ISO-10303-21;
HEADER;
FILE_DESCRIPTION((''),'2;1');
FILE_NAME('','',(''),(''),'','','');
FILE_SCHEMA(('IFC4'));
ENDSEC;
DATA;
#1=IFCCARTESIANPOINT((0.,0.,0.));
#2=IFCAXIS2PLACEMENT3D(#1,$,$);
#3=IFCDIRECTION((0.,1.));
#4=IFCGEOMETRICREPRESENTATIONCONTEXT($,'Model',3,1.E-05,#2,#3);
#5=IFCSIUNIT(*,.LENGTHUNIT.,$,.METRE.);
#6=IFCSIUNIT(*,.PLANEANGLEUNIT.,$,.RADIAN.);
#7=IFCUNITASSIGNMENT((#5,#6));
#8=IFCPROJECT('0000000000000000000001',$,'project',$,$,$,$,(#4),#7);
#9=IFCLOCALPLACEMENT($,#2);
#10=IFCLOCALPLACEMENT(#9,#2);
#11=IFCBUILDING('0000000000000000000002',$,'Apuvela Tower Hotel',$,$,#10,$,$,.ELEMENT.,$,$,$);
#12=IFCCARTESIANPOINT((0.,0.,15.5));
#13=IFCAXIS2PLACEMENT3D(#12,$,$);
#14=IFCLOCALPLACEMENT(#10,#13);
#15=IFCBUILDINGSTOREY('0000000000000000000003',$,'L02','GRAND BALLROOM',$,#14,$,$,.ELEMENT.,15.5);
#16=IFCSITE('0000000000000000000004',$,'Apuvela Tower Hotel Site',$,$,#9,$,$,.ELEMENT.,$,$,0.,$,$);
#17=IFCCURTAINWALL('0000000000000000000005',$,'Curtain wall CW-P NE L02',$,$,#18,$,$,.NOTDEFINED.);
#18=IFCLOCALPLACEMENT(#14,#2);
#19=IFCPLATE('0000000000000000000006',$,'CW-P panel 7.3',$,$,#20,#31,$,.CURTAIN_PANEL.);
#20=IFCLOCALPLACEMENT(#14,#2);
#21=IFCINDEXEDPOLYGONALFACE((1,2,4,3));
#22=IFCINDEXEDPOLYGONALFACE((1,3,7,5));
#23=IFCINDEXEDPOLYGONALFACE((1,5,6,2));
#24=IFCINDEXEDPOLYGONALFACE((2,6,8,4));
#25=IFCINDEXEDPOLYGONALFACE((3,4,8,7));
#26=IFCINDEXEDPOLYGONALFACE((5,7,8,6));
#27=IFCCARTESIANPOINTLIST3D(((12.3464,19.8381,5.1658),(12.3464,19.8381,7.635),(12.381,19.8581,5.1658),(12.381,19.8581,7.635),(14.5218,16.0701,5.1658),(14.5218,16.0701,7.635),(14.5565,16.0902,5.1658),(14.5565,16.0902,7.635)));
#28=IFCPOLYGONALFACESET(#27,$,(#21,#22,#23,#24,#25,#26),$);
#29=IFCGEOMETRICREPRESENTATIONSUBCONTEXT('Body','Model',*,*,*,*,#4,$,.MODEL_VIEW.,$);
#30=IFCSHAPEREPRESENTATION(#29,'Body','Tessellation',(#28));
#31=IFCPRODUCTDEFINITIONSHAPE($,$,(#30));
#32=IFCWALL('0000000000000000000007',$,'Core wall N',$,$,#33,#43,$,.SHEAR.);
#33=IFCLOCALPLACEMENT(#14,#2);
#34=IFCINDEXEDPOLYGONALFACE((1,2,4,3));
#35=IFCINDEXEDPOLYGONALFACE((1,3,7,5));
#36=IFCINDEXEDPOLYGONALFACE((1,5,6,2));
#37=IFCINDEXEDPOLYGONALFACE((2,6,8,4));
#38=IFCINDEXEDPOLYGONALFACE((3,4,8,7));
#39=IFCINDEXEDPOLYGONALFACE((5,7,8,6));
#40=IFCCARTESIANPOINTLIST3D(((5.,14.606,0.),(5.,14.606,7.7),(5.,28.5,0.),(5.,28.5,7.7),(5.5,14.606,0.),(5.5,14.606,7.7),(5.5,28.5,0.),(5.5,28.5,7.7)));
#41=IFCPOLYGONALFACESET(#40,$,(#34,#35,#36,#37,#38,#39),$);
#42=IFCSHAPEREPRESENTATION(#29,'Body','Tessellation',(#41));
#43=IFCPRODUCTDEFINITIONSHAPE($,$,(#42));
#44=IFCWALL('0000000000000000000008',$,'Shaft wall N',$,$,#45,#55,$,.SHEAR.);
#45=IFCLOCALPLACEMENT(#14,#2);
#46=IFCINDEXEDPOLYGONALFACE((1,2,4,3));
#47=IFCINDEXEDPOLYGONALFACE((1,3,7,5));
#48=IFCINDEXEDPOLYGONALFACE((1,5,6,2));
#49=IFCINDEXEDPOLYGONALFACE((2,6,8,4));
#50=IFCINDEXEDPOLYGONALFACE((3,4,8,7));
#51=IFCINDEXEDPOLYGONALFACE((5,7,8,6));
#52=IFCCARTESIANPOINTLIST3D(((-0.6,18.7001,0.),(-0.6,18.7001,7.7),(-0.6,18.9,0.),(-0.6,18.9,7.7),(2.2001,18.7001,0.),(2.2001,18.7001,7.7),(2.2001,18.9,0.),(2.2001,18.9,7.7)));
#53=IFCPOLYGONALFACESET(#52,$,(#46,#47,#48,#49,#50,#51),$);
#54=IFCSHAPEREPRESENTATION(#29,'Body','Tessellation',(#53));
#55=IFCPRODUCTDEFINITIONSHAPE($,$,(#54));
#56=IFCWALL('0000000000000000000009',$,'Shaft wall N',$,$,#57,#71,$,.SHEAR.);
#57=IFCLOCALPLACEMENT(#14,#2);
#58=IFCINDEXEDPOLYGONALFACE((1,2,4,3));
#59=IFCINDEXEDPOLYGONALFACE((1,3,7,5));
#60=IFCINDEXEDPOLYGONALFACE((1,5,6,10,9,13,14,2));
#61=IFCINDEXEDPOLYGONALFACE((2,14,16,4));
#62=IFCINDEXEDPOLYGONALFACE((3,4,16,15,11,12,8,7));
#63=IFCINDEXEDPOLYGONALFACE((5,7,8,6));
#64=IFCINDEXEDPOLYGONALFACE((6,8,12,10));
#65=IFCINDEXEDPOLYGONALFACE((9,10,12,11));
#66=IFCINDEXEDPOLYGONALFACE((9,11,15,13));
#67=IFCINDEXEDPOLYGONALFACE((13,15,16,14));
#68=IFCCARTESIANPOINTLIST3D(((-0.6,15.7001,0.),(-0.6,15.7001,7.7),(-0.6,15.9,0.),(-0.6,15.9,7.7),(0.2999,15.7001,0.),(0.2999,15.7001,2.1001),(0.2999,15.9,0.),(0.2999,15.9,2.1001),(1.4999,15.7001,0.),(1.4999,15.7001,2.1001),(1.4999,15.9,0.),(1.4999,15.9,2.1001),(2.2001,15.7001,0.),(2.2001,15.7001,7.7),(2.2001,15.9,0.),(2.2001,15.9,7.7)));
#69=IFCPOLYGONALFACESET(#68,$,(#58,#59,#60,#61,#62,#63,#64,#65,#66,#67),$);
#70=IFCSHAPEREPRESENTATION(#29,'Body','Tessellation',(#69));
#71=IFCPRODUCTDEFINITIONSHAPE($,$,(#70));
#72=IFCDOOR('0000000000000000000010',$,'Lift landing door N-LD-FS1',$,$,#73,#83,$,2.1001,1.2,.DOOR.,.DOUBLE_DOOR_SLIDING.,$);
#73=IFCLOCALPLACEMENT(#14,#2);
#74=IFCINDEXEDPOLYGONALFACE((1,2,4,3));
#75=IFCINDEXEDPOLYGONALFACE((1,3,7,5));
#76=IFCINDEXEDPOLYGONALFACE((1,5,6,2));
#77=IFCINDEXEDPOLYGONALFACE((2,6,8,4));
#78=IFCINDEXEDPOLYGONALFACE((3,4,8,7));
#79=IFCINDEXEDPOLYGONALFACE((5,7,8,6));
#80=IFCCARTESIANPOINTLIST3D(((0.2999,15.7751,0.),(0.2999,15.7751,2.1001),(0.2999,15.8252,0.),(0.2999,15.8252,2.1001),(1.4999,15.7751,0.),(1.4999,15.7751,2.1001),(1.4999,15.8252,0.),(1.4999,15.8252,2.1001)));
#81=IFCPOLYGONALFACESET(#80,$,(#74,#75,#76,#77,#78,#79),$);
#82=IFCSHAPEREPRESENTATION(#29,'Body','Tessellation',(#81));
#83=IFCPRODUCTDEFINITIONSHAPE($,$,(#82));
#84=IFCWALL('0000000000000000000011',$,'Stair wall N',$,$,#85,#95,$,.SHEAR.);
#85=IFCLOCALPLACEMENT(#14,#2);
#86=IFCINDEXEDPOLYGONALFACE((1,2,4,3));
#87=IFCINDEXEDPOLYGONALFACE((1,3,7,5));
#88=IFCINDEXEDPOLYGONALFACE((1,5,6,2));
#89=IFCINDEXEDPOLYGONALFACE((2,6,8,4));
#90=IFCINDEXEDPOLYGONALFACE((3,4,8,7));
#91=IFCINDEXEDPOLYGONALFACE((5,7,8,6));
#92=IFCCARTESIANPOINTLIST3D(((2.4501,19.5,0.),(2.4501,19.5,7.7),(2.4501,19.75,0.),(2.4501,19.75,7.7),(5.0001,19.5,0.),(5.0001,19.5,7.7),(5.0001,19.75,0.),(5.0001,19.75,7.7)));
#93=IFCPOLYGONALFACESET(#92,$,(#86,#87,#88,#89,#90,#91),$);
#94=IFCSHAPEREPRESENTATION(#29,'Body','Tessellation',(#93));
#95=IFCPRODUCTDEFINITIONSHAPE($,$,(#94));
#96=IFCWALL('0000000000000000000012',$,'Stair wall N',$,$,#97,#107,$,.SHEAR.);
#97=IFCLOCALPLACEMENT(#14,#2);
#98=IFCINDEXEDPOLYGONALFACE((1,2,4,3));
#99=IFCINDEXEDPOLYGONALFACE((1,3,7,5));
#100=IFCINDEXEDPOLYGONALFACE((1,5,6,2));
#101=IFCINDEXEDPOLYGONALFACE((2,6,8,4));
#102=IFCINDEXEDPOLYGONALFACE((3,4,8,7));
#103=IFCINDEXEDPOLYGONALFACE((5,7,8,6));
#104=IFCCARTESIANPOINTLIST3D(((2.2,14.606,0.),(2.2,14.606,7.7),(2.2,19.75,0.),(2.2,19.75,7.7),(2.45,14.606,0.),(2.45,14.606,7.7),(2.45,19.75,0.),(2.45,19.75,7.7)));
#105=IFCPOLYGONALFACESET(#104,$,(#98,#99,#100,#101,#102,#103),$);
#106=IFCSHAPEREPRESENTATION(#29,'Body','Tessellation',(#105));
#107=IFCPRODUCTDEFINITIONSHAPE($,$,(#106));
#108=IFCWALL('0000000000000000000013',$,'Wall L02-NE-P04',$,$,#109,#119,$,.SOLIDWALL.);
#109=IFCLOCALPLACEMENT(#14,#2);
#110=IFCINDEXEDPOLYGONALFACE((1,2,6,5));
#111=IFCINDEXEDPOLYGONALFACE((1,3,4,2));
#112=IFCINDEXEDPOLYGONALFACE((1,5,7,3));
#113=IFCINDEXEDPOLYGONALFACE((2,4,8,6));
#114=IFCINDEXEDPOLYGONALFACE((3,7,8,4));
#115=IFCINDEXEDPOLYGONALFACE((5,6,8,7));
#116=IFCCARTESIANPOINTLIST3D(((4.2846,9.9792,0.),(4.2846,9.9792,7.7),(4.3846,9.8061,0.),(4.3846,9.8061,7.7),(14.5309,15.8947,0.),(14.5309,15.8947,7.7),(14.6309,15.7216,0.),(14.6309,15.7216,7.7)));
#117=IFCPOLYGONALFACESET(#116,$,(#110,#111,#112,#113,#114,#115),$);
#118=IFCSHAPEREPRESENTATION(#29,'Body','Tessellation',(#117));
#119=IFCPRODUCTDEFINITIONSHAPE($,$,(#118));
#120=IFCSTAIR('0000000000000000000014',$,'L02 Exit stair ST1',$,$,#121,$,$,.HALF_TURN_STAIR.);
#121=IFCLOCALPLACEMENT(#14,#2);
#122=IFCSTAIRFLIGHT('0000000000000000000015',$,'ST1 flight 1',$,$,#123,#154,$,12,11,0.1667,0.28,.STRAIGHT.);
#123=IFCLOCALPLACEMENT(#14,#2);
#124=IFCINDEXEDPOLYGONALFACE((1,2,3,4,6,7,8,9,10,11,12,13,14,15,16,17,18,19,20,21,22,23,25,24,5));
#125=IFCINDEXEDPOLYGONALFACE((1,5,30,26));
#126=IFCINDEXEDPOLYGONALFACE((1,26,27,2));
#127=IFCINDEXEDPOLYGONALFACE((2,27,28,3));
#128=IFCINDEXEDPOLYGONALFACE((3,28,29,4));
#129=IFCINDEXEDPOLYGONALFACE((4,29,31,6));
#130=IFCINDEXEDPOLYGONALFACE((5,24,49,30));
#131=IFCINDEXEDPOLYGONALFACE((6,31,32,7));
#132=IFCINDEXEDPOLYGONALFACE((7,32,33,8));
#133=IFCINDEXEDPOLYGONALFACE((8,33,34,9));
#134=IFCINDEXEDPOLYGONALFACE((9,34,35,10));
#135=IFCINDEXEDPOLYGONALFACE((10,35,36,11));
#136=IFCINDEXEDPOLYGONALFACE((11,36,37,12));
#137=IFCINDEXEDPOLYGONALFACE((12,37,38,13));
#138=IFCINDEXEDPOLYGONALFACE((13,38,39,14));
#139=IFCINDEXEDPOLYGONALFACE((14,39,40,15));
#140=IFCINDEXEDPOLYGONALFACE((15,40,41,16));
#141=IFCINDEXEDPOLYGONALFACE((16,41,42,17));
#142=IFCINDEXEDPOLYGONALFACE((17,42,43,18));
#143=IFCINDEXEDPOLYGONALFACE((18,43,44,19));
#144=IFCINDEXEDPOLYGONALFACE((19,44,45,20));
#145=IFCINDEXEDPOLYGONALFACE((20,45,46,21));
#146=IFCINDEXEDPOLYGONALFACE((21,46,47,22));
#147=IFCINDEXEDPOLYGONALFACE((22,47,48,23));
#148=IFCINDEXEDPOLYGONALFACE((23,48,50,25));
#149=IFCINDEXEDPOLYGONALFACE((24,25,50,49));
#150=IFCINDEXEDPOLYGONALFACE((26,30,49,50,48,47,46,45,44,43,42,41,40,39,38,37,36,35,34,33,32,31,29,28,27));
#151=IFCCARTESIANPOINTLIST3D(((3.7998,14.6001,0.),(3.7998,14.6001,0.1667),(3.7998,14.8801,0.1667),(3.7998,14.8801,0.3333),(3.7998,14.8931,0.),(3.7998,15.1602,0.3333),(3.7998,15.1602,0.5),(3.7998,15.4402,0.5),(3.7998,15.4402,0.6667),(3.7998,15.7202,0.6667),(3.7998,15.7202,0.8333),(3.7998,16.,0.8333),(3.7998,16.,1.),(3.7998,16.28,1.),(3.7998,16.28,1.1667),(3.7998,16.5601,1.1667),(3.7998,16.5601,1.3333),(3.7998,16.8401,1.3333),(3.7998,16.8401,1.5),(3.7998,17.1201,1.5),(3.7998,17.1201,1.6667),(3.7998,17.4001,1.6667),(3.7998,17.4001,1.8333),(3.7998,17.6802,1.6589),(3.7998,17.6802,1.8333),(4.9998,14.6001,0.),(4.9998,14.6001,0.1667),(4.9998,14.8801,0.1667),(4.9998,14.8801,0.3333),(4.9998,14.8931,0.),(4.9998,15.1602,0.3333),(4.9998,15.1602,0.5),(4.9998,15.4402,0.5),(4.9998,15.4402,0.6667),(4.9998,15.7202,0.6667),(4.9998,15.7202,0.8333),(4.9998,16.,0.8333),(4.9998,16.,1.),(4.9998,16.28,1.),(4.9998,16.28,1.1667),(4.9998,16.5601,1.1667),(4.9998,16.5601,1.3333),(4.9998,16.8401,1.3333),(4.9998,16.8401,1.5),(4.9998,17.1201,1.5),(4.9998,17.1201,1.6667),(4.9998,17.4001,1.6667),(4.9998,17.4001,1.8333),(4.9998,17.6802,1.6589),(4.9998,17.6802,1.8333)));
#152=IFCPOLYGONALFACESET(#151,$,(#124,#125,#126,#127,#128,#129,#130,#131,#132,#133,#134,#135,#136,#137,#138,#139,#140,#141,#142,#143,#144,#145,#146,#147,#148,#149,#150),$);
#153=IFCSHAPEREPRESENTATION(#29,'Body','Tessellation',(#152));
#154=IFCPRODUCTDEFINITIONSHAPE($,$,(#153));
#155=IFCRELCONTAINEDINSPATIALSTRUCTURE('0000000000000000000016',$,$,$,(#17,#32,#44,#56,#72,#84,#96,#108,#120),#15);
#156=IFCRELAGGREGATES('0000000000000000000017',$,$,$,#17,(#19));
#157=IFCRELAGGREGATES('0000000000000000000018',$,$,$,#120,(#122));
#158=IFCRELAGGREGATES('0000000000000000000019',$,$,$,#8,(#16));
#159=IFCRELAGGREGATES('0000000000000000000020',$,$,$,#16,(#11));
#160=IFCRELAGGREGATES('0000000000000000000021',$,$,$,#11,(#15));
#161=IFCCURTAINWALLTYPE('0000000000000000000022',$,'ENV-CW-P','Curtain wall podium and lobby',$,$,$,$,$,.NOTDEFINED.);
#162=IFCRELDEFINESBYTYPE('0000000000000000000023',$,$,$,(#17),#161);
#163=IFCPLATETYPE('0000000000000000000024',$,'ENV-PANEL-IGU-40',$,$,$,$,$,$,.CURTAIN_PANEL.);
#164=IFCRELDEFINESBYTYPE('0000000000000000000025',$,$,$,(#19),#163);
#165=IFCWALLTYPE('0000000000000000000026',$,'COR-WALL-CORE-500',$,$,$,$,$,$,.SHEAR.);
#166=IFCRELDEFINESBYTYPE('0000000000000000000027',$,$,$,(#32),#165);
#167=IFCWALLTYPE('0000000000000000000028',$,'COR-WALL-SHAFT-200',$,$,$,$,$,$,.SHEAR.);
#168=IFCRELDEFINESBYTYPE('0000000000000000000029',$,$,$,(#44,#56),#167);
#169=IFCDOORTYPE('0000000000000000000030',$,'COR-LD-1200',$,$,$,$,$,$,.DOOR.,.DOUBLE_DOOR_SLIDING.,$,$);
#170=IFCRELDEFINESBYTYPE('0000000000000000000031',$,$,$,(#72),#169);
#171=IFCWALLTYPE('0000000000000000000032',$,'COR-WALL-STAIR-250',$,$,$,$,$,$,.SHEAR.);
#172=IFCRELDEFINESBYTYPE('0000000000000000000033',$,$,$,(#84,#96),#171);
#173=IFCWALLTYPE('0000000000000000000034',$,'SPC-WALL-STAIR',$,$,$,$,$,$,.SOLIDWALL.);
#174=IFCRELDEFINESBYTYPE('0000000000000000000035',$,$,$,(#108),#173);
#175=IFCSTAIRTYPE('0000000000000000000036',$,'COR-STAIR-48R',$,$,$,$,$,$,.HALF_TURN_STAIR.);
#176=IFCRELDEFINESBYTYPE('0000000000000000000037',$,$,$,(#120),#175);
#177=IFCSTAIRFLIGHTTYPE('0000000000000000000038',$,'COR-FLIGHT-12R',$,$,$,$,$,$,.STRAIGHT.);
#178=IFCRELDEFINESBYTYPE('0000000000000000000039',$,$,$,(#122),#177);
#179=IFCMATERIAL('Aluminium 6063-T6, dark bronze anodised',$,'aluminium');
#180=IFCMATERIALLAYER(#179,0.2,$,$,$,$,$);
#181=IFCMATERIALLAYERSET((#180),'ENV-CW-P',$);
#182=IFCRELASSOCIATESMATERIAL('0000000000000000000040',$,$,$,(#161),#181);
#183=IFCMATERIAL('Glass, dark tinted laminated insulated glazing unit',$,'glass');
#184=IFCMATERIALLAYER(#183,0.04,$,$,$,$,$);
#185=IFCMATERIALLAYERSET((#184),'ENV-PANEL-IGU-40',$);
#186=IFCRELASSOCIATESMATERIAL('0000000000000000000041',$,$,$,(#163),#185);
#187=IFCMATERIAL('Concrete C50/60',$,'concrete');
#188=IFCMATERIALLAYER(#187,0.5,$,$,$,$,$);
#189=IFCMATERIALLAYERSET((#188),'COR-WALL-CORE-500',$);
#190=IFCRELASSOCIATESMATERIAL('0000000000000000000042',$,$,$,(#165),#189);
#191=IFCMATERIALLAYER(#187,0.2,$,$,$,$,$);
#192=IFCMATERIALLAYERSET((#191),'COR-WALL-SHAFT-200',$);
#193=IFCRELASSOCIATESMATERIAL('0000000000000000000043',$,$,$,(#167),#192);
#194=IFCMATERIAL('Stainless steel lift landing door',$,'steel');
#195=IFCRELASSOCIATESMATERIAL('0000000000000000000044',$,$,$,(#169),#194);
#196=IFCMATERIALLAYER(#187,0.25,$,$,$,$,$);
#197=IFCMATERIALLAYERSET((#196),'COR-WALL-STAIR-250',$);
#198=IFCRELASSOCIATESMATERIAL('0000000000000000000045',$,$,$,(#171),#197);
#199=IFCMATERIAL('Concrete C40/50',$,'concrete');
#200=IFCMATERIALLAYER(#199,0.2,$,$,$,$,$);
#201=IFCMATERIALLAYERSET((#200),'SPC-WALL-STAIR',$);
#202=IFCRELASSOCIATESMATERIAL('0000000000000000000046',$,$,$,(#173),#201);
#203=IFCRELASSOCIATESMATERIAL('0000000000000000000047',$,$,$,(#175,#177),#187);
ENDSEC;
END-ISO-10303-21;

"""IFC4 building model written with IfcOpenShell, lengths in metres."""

from ifc_helpers import new_model, si_unit, direction, frame, frame_2d, origin, origin_2d, place, context, subcontext, project, spatial, polyline, rectangle, outline, extrude, material, layer, layer_set, type_object, element, fill, aggregate, save


model = new_model("IFC4")

# Units and contexts
model_context = context("Model", 3, precision=1e-05, world=origin(), true_north=direction((0.0, 1.0)))
body_context = subcontext(model_context, "Body", "Model", "MODEL_VIEW")
ifc_project = project(units=[si_unit("LENGTHUNIT", "METRE"), si_unit("PLANEANGLEUNIT", "RADIAN")], contexts=[model_context])

# Site, building, storey
site_placement = place(None, origin())
site = spatial("IfcSite", under=ifc_project, at=site_placement, Name="Apuvela Tower Hotel Site", CompositionType="ELEMENT", RefElevation=0.0)
building_placement = place(site_placement, origin())
building = spatial("IfcBuilding", under=site, at=building_placement, Name="Apuvela Tower Hotel", CompositionType="ELEMENT")
storey_placement = place(building_placement, frame((0.0, 0.0, 15.5)))
storey = spatial("IfcBuildingStorey", under=building, at=storey_placement, Name="L02", Description="GRAND BALLROOM", CompositionType="ELEMENT", Elevation=15.5)

# Curtain wall
ifc_material_1 = material(Name="Aluminium 6063-T6, dark bronze anodised", Category="aluminium")
ifc_layer_1 = layer(ifc_material_1, 0.2)
ifc_layer_set_1 = layer_set([ifc_layer_1], Name="ENV-CW-P")
curtain_wall_type = type_object("IfcCurtainWallType", Name="ENV-CW-P", Description="Curtain wall podium and lobby", PredefinedType="NOTDEFINED", material=ifc_layer_set_1)
curtain_wall_placement = place(storey_placement, origin())
curtain_wall = element("IfcCurtainWall", 1, at=curtain_wall_placement, inside=storey, type_object=curtain_wall_type, Name="Curtain wall CW-P NE L02", PredefinedType="NOTDEFINED")

# Plate
ifc_material_2 = material(Name="Glass, dark tinted laminated insulated glazing unit", Category="glass")
ifc_layer_2 = layer(ifc_material_2, 0.04)
ifc_layer_set_2 = layer_set([ifc_layer_2], Name="ENV-PANEL-IGU-40")
plate_type = type_object("IfcPlateType", Name="ENV-PANEL-IGU-40", PredefinedType="CURTAIN_PANEL", material=ifc_layer_set_2)
plate_1_placement = place(storey_placement, frame((13.4514, 17.9641, 5.1658), z_axis=(0.0, 0.0, 1.0), x_axis=(-0.500001, 0.866025, 0.0)))
plate_1 = element("IfcPlate", 2, at=plate_1_placement, type_object=plate_type, Name="CW-P panel 7.3", PredefinedType="CURTAIN_PANEL", context=body_context, shape_type="SweptSolid", body=[
    extrude(rectangle(XDim=4.3508, YDim=0.04, at=origin_2d()), origin(), (0.0, 0.0, 1.0), 2.4692),
])
aggregate(curtain_wall, [plate_1])

# Walls
ifc_material_3 = material(Name="Concrete C50/60", Category="concrete")
ifc_layer_3 = layer(ifc_material_3, 0.5)
ifc_layer_set_3 = layer_set([ifc_layer_3], Name="COR-WALL-CORE-500")
wall_type_1 = type_object("IfcWallType", Name="COR-WALL-CORE-500", PredefinedType="SHEAR", material=ifc_layer_set_3)
wall_1_placement = place(storey_placement, frame((5.25, 14.606, 0.0), z_axis=(0.0, 0.0, 1.0), x_axis=(0.0, 1.0, 0.0)))
element("IfcWall", 3, at=wall_1_placement, inside=storey, type_object=wall_type_1, Name="Core wall N", PredefinedType="SHEAR", context=body_context, shape_type="SweptSolid", body=[
    extrude(rectangle(XDim=13.894, YDim=0.5, at=frame_2d((6.947, 0.0))), origin(), (0.0, 0.0, 1.0), 7.7),
])
ifc_layer_4 = layer(ifc_material_3, 0.2)
ifc_layer_set_4 = layer_set([ifc_layer_4], Name="COR-WALL-SHAFT-200")
wall_type_2 = type_object("IfcWallType", Name="COR-WALL-SHAFT-200", PredefinedType="SHEAR", material=ifc_layer_set_4)
wall_2_placement = place(storey_placement, frame((2.2, 18.8, 0.0), z_axis=(0.0, 0.0, 1.0), x_axis=(-1.0, 0.0, 0.0)))
element("IfcWall", 4, at=wall_2_placement, inside=storey, type_object=wall_type_2, Name="Shaft wall N", PredefinedType="SHEAR", context=body_context, shape_type="SweptSolid", body=[
    extrude(rectangle(XDim=2.8, YDim=0.2, at=frame_2d((1.3999, 0.0))), origin(), (0.0, 0.0, 1.0), 7.7),
])

# Wall, opening, door
wall_3_placement = place(storey_placement, frame((2.2, 15.8, 0.0), z_axis=(0.0, 0.0, 1.0), x_axis=(-1.0, 0.0, 0.0)))
wall_3 = element("IfcWall", 5, at=wall_3_placement, inside=storey, type_object=wall_type_2, Name="Shaft wall N", PredefinedType="SHEAR", context=body_context, shape_type="SweptSolid", body=[
    extrude(rectangle(XDim=2.8, YDim=0.2, at=frame_2d((1.3999, 0.0))), origin(), (0.0, 0.0, 1.0), 7.7),
])
opening_placement = place(wall_3_placement, frame((0.7, 0.0, 0.0)))
opening = element("IfcOpeningElement", 6, at=opening_placement, cuts=wall_3, PredefinedType="OPENING", context=body_context, shape_type="SweptSolid", body=[
    extrude(rectangle(XDim=1.2, YDim=2.1001, at=frame_2d((0.6001, 1.05))), frame((0.0, 0.1099, 0.0), z_axis=(0.0, -1.0, 0.0), x_axis=(1.0, 0.0, 0.0)), (0.0, 0.0, 1.0), 0.22),
])
ifc_material_4 = material(Name="Stainless steel lift landing door", Category="steel")
door_type = type_object("IfcDoorType", Name="COR-LD-1200", OperationType="DOUBLE_DOOR_SLIDING", PredefinedType="DOOR", material=ifc_material_4)
door_placement = place(opening_placement, origin())
door = element("IfcDoor", 7, at=door_placement, inside=storey, type_object=door_type, Name="Lift landing door N-LD-FS1", OperationType="DOUBLE_DOOR_SLIDING", OverallHeight=2.1001, OverallWidth=1.2, PredefinedType="DOOR", context=body_context, shape_type="SweptSolid", body=[
    extrude(rectangle(XDim=1.2, YDim=2.1001, at=frame_2d((0.6001, 1.05))), frame((0.0, 0.0249, 0.0), z_axis=(0.0, -1.0, 0.0), x_axis=(1.0, 0.0, 0.0)), (0.0, 0.0, 1.0), 0.05),
])
fill(opening, door)

# Walls
ifc_layer_5 = layer(ifc_material_3, 0.25)
ifc_layer_set_5 = layer_set([ifc_layer_5], Name="COR-WALL-STAIR-250")
wall_type_3 = type_object("IfcWallType", Name="COR-WALL-STAIR-250", PredefinedType="SHEAR", material=ifc_layer_set_5)
wall_4_placement = place(storey_placement, frame((5.0, 19.625, 0.0), z_axis=(0.0, 0.0, 1.0), x_axis=(-1.0, 0.0, 0.0)))
element("IfcWall", 8, at=wall_4_placement, inside=storey, type_object=wall_type_3, Name="Stair wall N", PredefinedType="SHEAR", context=body_context, shape_type="SweptSolid", body=[
    extrude(rectangle(XDim=2.55, YDim=0.25, at=frame_2d((1.2749, 0.0))), origin(), (0.0, 0.0, 1.0), 7.7),
])
wall_5_placement = place(storey_placement, frame((2.325, 14.606, 0.0), z_axis=(0.0, 0.0, 1.0), x_axis=(0.0, 1.0, 0.0)))
element("IfcWall", 9, at=wall_5_placement, inside=storey, type_object=wall_type_3, Name="Stair wall N", PredefinedType="SHEAR", context=body_context, shape_type="SweptSolid", body=[
    extrude(rectangle(XDim=5.144, YDim=0.25, at=frame_2d((2.572, 0.0))), origin(), (0.0, 0.0, 1.0), 7.7),
])
ifc_material_5 = material(Name="Concrete C40/50", Category="concrete")
ifc_layer_6 = layer(ifc_material_5, 0.2)
ifc_layer_set_6 = layer_set([ifc_layer_6], Name="SPC-WALL-STAIR")
wall_type_4 = type_object("IfcWallType", Name="SPC-WALL-STAIR", PredefinedType="SOLIDWALL", material=ifc_layer_set_6)
wall_6_placement = place(storey_placement, frame((14.5808, 15.8081, 0.0), z_axis=(0.0, 0.0, 1.0), x_axis=(-0.866033, -0.499987, 0.0)))
element("IfcWall", 10, at=wall_6_placement, inside=storey, type_object=wall_type_4, Name="Wall L02-NE-P04", PredefinedType="SOLIDWALL", context=body_context, shape_type="SweptSolid", body=[
    extrude(rectangle(XDim=11.8313, YDim=0.2, at=frame_2d((5.9155, 0.0))), origin(), (0.0, 0.0, 1.0), 7.7),
])

# Stair, stair flight
stair_type = type_object("IfcStairType", Name="COR-STAIR-48R", PredefinedType="HALF_TURN_STAIR", material=ifc_material_3)
stair_placement = place(storey_placement, origin())
stair = element("IfcStair", 11, at=stair_placement, inside=storey, type_object=stair_type, Name="L02 Exit stair ST1", PredefinedType="HALF_TURN_STAIR")
stair_flight_type = type_object("IfcStairFlightType", Name="COR-FLIGHT-12R", PredefinedType="STRAIGHT", material=ifc_material_3)
stair_flight_1_placement = place(storey_placement, frame((4.3999, 14.6001, 0.0), z_axis=(0.0, 0.0, 1.0), x_axis=(0.0, 1.0, 0.0)))
stair_flight_1 = element("IfcStairFlight", 12, at=stair_flight_1_placement, type_object=stair_flight_type, Name="ST1 flight 1", NumberOfRisers=12, NumberOfTreads=11, PredefinedType="STRAIGHT", RiserHeight=0.1667, TreadLength=0.28, context=body_context, shape_type="SweptSolid", body=[
    extrude(outline(polyline([(0.0, 0.0), (0.0, 0.1667), (0.28, 0.1667), (0.28, 0.3333), (0.5601, 0.3333), (0.5601, 0.5), (0.8401, 0.5), (0.8401, 0.6667), (1.1201, 0.6667), (1.1201, 0.8333), (1.3999, 0.8333), (1.3999, 1.0), (1.6799, 1.0), (1.6799, 1.1667), (1.96, 1.1667), (1.96, 1.3333), (2.24, 1.3333), (2.24, 1.5), (2.52, 1.5), (2.52, 1.6667), (2.8, 1.6667), (2.8, 1.8333), (3.0801, 1.8333), (3.0801, 2.0), (3.0801, 1.6589), (0.293, 0.0), (0.0, 0.0)])), frame((0.0, 0.6001, 0.0), z_axis=(0.0, -1.0, 0.0), x_axis=(1.0, 0.0, 0.0)), (0.0, 0.0, 1.0), 1.2),
])
aggregate(stair, [stair_flight_1])

save(model, "model.ifc")
